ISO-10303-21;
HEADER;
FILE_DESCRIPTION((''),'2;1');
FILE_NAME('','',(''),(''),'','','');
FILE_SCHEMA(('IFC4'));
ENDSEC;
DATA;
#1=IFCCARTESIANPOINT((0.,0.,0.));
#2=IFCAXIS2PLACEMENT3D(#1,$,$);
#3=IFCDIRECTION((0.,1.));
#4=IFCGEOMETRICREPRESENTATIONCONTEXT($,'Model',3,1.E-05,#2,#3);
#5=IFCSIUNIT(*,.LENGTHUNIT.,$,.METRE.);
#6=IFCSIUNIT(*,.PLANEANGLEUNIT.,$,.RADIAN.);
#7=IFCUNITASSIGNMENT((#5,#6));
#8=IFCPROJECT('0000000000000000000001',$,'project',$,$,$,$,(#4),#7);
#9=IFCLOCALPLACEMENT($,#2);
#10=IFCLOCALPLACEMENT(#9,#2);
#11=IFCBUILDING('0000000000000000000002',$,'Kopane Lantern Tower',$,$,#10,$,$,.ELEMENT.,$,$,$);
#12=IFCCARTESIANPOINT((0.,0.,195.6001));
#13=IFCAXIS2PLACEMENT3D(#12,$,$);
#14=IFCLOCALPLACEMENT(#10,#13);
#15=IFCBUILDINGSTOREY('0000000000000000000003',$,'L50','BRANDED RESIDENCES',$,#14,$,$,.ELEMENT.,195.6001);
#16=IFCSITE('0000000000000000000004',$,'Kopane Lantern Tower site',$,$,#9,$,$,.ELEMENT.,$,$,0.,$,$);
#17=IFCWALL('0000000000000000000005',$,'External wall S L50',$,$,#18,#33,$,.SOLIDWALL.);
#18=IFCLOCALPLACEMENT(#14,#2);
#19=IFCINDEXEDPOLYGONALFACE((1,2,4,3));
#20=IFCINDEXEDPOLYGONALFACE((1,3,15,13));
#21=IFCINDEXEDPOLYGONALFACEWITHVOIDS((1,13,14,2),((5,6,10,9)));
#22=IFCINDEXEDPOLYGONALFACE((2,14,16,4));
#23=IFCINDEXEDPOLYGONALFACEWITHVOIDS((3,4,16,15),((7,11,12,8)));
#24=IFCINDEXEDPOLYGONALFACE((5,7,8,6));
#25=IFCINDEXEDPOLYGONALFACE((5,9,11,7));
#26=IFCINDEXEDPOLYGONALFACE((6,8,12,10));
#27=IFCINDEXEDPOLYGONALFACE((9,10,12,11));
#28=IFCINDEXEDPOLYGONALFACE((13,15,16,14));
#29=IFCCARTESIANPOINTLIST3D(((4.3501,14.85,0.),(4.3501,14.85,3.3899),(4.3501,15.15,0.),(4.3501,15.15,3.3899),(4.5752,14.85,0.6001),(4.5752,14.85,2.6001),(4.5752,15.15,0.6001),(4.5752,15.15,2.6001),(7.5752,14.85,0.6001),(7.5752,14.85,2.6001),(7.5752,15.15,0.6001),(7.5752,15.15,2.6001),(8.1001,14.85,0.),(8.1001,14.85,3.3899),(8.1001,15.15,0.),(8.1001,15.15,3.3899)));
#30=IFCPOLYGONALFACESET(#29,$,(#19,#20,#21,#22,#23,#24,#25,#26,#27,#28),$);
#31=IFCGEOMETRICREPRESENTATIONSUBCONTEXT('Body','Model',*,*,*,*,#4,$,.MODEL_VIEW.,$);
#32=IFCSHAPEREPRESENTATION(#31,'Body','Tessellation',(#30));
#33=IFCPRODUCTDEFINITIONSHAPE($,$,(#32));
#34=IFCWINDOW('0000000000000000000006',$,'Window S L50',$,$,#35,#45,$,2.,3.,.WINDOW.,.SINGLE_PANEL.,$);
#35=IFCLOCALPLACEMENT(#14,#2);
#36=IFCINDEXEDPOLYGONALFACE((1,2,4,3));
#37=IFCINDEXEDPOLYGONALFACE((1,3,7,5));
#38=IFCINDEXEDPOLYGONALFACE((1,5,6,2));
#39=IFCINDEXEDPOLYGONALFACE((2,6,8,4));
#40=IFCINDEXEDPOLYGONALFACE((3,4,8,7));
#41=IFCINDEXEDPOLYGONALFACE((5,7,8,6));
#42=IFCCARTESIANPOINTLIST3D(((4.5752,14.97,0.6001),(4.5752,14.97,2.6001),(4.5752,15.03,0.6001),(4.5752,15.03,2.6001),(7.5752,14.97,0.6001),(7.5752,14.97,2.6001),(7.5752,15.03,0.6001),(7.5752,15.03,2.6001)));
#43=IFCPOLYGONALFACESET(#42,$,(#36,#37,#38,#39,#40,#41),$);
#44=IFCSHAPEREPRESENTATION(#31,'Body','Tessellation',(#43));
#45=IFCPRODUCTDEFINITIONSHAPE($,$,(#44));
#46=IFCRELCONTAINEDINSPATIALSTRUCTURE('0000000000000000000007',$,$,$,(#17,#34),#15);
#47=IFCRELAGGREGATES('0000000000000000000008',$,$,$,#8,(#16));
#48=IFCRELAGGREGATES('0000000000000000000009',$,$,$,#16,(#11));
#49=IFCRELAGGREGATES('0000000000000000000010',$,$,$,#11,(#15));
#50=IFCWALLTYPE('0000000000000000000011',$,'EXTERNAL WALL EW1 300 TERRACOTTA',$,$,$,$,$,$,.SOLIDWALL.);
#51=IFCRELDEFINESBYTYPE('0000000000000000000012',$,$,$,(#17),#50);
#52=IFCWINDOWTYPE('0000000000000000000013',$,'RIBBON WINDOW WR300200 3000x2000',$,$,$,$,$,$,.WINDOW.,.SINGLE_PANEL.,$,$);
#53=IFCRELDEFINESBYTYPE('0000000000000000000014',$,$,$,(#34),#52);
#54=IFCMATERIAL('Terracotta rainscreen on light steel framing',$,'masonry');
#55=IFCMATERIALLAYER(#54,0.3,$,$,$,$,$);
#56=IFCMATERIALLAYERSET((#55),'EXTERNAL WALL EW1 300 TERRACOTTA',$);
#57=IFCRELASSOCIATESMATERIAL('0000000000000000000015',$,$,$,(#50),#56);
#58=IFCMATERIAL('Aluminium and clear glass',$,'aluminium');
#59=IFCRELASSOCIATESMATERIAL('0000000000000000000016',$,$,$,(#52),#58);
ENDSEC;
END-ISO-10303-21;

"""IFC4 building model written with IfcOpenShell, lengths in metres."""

from ifc_helpers import new_model, si_unit, direction, frame, frame_2d, origin, place, context, subcontext, project, spatial, rectangle, extrude, material, layer, layer_set, type_object, element, fill, save


model = new_model("IFC4")

# Units and contexts
model_context = context("Model", 3, precision=1e-05, world=origin(), true_north=direction((0.0, 1.0)))
body_context = subcontext(model_context, "Body", "Model", "MODEL_VIEW")
ifc_project = project(units=[si_unit("LENGTHUNIT", "METRE"), si_unit("PLANEANGLEUNIT", "RADIAN")], contexts=[model_context])

# Site, building, storey
site_placement = place(None, origin())
site = spatial("IfcSite", under=ifc_project, at=site_placement, Name="Kopane Lantern Tower site", CompositionType="ELEMENT", RefElevation=0.0)
building_placement = place(site_placement, origin())
building = spatial("IfcBuilding", under=site, at=building_placement, Name="Kopane Lantern Tower", CompositionType="ELEMENT")
storey_placement = place(building_placement, frame((0.0, 0.0, 195.6001)))
storey = spatial("IfcBuildingStorey", under=building, at=storey_placement, Name="L50", Description="BRANDED RESIDENCES", CompositionType="ELEMENT", Elevation=195.6001)

# Wall, opening, window
ifc_material_1 = material(Name="Terracotta rainscreen on light steel framing", Category="masonry")
ifc_layer = layer(ifc_material_1, 0.3)
ifc_layer_set = layer_set([ifc_layer], Name="EXTERNAL WALL EW1 300 TERRACOTTA")
wall_type = type_object("IfcWallType", Name="EXTERNAL WALL EW1 300 TERRACOTTA", PredefinedType="SOLIDWALL", material=ifc_layer_set)
wall_placement = place(storey_placement, frame((4.3501, 15.0, 0.0), z_axis=(0.0, 0.0, 1.0), x_axis=(1.0, 0.0, 0.0)))
wall = element("IfcWall", 1, at=wall_placement, inside=storey, type_object=wall_type, Name="External wall S L50", PredefinedType="SOLIDWALL", context=body_context, shape_type="SweptSolid", body=[
    extrude(rectangle(XDim=3.75, YDim=0.3, at=frame_2d((1.875, 0.0))), origin(), (0.0, 0.0, 1.0), 3.3899),
])
opening_placement = place(wall_placement, frame((0.2251, 0.0, 0.6001)))
opening = element("IfcOpeningElement", 2, at=opening_placement, cuts=wall, PredefinedType="OPENING", context=body_context, shape_type="SweptSolid", body=[
    extrude(rectangle(XDim=3.0, YDim=2.0, at=frame_2d((1.5, 1.0))), frame((0.0, 0.1599, 0.0), z_axis=(0.0, -1.0, 0.0), x_axis=(1.0, 0.0, 0.0)), (0.0, 0.0, 1.0), 0.3201),
])
ifc_material_2 = material(Name="Aluminium and clear glass", Category="aluminium")
window_type = type_object("IfcWindowType", Name="RIBBON WINDOW WR300200 3000x2000", PartitioningType="SINGLE_PANEL", PredefinedType="WINDOW", material=ifc_material_2)
window_placement = place(opening_placement, origin())
window = element("IfcWindow", 3, at=window_placement, inside=storey, type_object=window_type, Name="Window S L50", OverallHeight=2.0, OverallWidth=3.0, PartitioningType="SINGLE_PANEL", PredefinedType="WINDOW", context=body_context, shape_type="SweptSolid", body=[
    extrude(rectangle(XDim=3.0, YDim=2.0, at=frame_2d((1.5, 1.0))), frame((0.0, 0.03, 0.0), z_axis=(0.0, -1.0, 0.0), x_axis=(1.0, 0.0, 0.0)), (0.0, 0.0, 1.0), 0.0601),
])
fill(opening, window)

save(model, "model.ifc")
